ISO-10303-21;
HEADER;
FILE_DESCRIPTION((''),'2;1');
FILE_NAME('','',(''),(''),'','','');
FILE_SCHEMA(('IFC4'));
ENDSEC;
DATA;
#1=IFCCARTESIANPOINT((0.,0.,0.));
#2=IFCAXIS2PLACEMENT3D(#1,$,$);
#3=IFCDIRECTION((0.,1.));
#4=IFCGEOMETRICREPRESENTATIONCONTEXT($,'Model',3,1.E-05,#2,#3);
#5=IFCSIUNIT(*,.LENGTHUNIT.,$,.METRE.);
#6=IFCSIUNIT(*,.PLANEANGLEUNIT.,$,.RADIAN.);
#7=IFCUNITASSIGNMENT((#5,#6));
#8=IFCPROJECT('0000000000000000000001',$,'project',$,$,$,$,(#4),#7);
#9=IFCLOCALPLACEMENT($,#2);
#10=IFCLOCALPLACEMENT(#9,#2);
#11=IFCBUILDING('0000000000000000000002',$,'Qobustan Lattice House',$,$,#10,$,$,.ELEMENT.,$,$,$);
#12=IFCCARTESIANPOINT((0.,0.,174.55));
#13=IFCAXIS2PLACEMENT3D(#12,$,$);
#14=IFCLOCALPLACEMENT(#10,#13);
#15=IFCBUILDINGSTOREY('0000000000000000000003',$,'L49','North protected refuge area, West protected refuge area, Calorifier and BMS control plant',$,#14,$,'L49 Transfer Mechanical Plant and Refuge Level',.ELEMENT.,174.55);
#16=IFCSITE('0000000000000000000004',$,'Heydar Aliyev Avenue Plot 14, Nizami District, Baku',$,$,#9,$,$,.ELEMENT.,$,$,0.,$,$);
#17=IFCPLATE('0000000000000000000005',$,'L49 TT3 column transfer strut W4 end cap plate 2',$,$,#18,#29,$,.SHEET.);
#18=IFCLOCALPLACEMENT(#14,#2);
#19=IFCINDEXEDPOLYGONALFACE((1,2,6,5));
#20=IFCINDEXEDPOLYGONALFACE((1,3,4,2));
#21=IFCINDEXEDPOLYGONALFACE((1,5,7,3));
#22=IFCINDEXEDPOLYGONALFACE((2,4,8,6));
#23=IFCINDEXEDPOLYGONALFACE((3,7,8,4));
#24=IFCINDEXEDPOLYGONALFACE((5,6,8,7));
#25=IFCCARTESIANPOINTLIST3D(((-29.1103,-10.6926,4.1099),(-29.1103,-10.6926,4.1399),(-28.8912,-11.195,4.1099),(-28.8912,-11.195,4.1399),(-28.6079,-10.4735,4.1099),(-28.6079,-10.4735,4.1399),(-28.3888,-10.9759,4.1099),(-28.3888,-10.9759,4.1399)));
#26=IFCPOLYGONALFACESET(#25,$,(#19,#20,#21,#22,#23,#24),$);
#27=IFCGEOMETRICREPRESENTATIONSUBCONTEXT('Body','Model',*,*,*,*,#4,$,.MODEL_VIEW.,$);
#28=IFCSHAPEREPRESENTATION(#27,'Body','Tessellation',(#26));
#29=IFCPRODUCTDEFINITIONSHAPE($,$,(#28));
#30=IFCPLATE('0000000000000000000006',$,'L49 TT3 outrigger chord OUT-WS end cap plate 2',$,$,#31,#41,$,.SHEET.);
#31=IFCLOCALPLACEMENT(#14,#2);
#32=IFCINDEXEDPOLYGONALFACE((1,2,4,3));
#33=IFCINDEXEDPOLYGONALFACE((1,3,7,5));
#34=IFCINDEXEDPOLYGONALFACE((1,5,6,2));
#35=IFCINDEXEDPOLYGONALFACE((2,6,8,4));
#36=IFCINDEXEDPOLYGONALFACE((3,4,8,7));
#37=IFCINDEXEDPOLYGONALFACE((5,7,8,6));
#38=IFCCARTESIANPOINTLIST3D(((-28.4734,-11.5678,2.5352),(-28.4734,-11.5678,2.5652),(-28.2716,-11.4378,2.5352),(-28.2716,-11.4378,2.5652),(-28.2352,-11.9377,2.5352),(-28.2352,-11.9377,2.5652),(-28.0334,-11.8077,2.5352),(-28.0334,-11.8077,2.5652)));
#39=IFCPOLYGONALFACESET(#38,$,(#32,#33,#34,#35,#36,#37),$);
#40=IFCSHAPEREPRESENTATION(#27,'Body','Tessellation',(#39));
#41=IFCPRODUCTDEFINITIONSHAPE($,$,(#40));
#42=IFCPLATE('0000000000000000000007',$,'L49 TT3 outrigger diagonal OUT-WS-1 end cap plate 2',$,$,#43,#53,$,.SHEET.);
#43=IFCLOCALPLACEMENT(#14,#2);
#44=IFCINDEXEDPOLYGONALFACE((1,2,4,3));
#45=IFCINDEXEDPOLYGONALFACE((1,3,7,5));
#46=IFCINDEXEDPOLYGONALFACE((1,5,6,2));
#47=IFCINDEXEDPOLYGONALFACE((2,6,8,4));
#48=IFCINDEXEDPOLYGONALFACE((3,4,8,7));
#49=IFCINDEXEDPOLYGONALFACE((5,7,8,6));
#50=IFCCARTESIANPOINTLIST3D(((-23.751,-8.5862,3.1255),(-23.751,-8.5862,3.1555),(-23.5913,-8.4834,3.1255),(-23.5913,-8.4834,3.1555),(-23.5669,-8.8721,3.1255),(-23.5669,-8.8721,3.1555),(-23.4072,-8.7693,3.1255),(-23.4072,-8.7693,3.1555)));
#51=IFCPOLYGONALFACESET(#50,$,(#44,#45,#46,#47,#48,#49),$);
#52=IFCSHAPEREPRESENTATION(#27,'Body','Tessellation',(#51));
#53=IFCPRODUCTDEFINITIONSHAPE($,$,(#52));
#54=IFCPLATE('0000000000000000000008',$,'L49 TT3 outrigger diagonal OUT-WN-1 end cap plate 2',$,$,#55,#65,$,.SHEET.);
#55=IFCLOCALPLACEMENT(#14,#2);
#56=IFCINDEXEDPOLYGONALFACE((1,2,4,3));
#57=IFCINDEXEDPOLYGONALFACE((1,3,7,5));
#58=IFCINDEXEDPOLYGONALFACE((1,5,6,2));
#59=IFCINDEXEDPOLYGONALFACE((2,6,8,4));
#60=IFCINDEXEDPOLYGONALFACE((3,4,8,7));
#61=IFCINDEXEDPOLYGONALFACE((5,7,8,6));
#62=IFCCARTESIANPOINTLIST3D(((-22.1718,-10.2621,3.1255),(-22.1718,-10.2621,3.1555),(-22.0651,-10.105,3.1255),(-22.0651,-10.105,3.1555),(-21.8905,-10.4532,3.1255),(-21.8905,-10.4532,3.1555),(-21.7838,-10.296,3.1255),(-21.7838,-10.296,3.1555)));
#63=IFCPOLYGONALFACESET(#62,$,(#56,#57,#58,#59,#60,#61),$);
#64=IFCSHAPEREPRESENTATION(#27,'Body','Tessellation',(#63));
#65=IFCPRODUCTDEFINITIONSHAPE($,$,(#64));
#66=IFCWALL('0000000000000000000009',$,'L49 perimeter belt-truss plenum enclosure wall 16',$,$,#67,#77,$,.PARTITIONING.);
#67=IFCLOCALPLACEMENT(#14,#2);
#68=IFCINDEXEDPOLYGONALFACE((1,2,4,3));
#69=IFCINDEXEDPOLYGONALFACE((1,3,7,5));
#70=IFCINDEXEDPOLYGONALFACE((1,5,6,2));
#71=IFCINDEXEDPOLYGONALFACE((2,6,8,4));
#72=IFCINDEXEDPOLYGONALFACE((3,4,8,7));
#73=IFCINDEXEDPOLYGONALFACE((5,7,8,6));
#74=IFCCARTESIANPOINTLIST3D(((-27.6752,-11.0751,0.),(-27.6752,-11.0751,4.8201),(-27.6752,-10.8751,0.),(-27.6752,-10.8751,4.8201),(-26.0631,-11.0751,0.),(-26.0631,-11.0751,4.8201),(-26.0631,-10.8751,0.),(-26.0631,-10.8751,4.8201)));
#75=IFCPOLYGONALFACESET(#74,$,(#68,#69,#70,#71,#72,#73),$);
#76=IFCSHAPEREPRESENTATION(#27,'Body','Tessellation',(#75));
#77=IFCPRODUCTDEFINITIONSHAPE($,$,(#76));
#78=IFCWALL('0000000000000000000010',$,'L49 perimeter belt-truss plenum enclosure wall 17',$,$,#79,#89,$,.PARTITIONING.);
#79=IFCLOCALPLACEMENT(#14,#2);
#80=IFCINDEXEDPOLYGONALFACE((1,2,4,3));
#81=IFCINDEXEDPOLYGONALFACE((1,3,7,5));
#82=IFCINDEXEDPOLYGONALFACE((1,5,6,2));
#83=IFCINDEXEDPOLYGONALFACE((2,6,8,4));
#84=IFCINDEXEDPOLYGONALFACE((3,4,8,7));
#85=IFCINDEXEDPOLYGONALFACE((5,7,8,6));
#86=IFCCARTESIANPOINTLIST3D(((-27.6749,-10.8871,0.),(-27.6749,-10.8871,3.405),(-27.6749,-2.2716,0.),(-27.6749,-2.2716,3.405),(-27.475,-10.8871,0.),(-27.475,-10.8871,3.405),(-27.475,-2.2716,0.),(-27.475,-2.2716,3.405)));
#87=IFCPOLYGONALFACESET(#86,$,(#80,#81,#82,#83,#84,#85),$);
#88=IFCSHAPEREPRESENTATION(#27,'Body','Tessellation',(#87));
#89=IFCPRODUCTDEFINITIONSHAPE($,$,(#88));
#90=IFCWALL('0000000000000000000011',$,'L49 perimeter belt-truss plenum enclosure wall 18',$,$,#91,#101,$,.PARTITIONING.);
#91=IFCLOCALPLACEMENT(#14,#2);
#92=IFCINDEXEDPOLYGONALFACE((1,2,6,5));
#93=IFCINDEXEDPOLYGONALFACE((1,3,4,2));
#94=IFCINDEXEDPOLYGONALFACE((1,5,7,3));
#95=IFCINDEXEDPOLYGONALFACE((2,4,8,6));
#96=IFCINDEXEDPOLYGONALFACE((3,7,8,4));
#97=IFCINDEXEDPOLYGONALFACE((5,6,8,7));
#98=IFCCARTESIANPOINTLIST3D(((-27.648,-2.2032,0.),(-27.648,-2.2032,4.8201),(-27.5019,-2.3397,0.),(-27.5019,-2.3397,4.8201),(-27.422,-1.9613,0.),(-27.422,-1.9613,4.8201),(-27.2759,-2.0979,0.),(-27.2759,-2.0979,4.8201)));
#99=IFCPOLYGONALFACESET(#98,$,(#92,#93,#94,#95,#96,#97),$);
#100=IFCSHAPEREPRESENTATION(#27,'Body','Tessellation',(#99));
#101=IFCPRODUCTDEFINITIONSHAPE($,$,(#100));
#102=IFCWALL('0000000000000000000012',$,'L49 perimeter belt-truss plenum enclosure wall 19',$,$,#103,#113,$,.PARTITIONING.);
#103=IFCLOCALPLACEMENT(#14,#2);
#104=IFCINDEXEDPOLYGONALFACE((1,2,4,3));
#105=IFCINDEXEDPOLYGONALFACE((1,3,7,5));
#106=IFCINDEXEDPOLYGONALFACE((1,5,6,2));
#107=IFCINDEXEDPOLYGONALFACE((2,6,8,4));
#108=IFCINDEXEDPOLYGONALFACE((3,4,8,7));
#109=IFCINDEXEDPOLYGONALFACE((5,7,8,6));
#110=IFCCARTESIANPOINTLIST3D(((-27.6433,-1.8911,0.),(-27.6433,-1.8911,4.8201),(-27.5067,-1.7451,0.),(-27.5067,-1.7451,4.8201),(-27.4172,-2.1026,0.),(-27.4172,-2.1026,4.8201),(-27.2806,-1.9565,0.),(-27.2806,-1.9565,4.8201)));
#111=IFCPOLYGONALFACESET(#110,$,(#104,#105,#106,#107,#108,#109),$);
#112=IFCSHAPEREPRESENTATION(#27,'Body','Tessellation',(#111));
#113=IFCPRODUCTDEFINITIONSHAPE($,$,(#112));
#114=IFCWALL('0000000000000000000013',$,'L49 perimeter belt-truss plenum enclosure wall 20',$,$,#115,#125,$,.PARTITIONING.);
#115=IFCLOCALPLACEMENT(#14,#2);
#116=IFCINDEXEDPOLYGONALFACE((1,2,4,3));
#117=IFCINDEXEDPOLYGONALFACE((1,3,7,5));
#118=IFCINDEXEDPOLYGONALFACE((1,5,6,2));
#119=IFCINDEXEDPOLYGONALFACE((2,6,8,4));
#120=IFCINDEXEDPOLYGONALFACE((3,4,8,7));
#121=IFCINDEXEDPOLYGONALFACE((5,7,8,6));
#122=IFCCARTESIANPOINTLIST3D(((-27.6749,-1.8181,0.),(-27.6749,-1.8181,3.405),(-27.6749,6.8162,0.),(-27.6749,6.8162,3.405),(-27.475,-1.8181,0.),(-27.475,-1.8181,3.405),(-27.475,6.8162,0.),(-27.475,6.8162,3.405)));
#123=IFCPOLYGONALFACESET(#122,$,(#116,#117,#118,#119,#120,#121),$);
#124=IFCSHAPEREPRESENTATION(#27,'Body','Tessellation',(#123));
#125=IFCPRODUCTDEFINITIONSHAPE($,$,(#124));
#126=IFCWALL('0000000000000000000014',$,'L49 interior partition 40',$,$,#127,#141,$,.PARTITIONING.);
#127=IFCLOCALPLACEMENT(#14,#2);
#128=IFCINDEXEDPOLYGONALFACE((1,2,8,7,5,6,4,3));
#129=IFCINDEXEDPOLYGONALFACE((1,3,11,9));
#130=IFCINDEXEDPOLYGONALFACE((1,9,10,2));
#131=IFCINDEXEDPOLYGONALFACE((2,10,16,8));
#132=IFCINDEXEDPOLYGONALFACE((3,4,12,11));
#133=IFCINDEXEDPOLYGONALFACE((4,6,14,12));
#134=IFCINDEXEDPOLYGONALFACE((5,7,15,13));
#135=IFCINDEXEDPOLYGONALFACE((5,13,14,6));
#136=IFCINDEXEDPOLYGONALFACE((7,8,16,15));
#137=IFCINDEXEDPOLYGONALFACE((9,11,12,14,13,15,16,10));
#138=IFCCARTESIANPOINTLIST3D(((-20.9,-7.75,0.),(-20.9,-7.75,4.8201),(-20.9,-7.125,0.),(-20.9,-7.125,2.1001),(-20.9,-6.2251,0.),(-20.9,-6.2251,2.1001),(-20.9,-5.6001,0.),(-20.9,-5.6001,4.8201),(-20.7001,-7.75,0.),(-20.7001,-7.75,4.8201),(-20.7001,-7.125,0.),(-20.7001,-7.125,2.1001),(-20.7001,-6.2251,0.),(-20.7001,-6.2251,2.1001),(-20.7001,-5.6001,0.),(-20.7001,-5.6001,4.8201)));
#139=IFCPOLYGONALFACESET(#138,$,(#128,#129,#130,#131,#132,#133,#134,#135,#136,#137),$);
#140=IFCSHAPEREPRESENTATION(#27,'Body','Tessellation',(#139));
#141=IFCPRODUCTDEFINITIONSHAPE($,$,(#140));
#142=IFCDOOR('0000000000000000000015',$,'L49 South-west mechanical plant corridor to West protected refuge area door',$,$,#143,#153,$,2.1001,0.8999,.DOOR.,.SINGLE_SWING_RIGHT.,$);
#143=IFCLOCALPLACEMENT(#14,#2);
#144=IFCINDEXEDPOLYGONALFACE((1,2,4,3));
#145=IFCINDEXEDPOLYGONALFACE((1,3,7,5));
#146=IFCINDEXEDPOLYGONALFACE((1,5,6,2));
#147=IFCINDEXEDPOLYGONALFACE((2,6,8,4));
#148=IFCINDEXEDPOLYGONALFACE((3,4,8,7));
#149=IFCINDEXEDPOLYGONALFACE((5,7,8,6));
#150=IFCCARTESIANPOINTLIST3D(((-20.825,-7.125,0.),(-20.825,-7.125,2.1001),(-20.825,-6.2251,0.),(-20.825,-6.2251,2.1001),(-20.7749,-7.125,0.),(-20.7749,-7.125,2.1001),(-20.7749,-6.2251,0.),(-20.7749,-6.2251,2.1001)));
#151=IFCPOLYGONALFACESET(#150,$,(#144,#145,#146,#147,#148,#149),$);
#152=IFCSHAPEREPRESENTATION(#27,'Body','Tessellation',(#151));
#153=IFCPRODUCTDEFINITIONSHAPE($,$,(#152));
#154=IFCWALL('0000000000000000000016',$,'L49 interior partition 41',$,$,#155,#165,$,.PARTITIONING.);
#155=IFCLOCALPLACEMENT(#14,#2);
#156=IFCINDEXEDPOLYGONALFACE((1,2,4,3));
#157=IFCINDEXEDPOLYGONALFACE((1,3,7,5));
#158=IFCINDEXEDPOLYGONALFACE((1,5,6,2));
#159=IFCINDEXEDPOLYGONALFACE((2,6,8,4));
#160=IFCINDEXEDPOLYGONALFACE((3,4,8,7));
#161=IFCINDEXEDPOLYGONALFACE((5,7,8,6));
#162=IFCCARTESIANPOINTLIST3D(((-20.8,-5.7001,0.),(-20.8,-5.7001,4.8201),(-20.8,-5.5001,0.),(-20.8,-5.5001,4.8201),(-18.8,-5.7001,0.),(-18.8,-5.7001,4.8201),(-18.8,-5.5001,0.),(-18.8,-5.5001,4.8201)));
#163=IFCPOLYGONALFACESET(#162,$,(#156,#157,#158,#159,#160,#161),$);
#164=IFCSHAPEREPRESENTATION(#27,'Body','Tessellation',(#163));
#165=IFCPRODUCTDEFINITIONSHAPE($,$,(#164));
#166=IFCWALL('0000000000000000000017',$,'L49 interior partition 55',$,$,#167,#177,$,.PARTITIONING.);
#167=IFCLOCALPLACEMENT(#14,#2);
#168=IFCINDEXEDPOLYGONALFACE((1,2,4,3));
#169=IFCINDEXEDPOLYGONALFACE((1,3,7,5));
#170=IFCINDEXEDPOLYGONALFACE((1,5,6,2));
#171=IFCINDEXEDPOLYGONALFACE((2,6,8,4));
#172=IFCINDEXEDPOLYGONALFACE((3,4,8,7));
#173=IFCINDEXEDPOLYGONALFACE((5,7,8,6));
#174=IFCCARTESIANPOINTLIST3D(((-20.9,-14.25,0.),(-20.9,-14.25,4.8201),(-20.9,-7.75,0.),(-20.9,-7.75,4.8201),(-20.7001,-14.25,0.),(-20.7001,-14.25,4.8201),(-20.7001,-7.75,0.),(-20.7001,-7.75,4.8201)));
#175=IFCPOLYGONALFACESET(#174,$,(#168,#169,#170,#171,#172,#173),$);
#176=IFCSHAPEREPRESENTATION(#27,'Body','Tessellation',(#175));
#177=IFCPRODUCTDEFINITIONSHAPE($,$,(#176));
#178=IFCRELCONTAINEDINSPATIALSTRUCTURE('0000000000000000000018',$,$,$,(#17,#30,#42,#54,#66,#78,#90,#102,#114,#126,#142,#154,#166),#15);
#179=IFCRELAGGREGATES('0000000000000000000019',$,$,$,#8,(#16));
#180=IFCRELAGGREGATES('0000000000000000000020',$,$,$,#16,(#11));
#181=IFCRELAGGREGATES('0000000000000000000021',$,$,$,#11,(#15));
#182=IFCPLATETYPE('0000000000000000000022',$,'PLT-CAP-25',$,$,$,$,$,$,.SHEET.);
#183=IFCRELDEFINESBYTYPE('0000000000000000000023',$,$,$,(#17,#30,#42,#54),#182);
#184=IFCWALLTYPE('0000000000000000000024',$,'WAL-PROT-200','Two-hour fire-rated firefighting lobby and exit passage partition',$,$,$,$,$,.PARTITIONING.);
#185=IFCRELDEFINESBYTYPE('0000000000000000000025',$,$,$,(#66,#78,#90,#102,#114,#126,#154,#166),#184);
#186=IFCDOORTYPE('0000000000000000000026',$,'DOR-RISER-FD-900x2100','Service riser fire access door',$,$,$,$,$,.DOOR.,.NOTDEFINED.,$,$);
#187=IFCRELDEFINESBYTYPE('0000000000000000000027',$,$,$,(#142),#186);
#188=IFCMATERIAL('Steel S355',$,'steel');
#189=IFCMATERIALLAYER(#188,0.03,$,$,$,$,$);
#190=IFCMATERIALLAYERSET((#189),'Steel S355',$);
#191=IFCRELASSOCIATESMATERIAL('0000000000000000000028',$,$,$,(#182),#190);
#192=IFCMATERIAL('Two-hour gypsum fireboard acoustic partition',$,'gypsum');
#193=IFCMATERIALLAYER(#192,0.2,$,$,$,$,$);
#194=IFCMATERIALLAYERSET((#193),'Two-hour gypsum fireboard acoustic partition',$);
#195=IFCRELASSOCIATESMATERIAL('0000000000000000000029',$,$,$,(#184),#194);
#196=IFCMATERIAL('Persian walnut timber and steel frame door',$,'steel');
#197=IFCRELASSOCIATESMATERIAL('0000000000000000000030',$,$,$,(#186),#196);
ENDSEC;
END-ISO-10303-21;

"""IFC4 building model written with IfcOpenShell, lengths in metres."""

from ifc_helpers import new_model, si_unit, direction, frame, frame_2d, origin, origin_2d, place, context, subcontext, project, spatial, rectangle, extrude, material, layer, layer_set, type_object, element, fill, save


model = new_model("IFC4")

# Units and contexts
model_context = context("Model", 3, precision=1e-05, world=origin(), true_north=direction((0.0, 1.0)))
body_context = subcontext(model_context, "Body", "Model", "MODEL_VIEW")
ifc_project = project(units=[si_unit("LENGTHUNIT", "METRE"), si_unit("PLANEANGLEUNIT", "RADIAN")], contexts=[model_context])

# Site, building, storey
site_placement = place(None, origin())
site = spatial("IfcSite", under=ifc_project, at=site_placement, Name="Heydar Aliyev Avenue Plot 14, Nizami District, Baku", CompositionType="ELEMENT", RefElevation=0.0)
building_placement = place(site_placement, origin())
building = spatial("IfcBuilding", under=site, at=building_placement, Name="Qobustan Lattice House", CompositionType="ELEMENT")
storey_placement = place(building_placement, frame((0.0, 0.0, 174.55)))
storey = spatial("IfcBuildingStorey", under=building, at=storey_placement, Name="L49", Description="North protected refuge area, West protected refuge area, Calorifier and BMS control plant", LongName="L49 Transfer Mechanical Plant and Refuge Level", CompositionType="ELEMENT", Elevation=174.55)

# Plates
ifc_material_1 = material(Name="Steel S355", Category="steel")
ifc_layer_1 = layer(ifc_material_1, 0.03)
ifc_layer_set_1 = layer_set([ifc_layer_1], Name="Steel S355")
plate_type = type_object("IfcPlateType", Name="PLT-CAP-25", PredefinedType="SHEET", material=ifc_layer_set_1)
for number, where, z_axis, x_axis, name in (
    (1, (-28.7495, -10.8342, 4.1099), (0.0, 0.0, 1.0), (-0.399741, 0.916628, 0.0), "L49 TT3 column transfer strut W4 end cap plate 2"),
):
    element("IfcPlate", number, at=place(storey_placement, frame(where, z_axis=z_axis, x_axis=x_axis)), inside=storey, type_object=plate_type, Name=name, PredefinedType="SHEET", context=body_context, shape_type="SweptSolid", body=[
        extrude(rectangle(XDim=0.5481, YDim=0.5481, at=origin_2d()), origin(), (0.0, 0.0, 1.0), 0.03),
    ])
plate_1_placement = place(storey_placement, frame((-28.2534, -11.6877, 2.5352), z_axis=(0.0, 0.0, 1.0), x_axis=(-0.840756, -0.541415, 0.0)))
element("IfcPlate", 2, at=plate_1_placement, inside=storey, type_object=plate_type, Name="L49 TT3 outrigger chord OUT-WS end cap plate 2", PredefinedType="SHEET", context=body_context, shape_type="SweptSolid", body=[
    extrude(rectangle(XDim=0.24, YDim=0.4399, at=origin_2d()), origin(), (0.0, 0.0, 1.0), 0.03),
])
for number, where, z_axis, x_axis, name in (
    (3, (-23.5791, -8.6777, 3.1255), (0.0, 0.0, 1.0), (-0.840756, -0.541415, 0.0), "L49 TT3 outrigger diagonal OUT-WS-1 end cap plate 2"),
    (4, (-21.9778, -10.2791, 3.1255), (0.0, 0.0, 1.0), (-0.561838, -0.827247, 0.0), "L49 TT3 outrigger diagonal OUT-WN-1 end cap plate 2"),
):
    element("IfcPlate", number, at=place(storey_placement, frame(where, z_axis=z_axis, x_axis=x_axis)), inside=storey, type_object=plate_type, Name=name, PredefinedType="SHEET", context=body_context, shape_type="SweptSolid", body=[
        extrude(rectangle(XDim=0.1899, YDim=0.3401, at=origin_2d()), origin(), (0.0, 0.0, 1.0), 0.03),
    ])

# Walls
ifc_material_2 = material(Name="Two-hour gypsum fireboard acoustic partition", Category="gypsum")
ifc_layer_2 = layer(ifc_material_2, 0.2)
ifc_layer_set_2 = layer_set([ifc_layer_2], Name="Two-hour gypsum fireboard acoustic partition")
wall_type = type_object("IfcWallType", Name="WAL-PROT-200", Description="Two-hour fire-rated firefighting lobby and exit passage partition", PredefinedType="PARTITIONING", material=ifc_layer_set_2)
wall_1_placement = place(storey_placement, frame((-26.063, -10.9751, 0.0), z_axis=(0.0, 0.0, 1.0), x_axis=(-1.0, 0.0, 0.0)))
element("IfcWall", 5, at=wall_1_placement, inside=storey, type_object=wall_type, Name="L49 perimeter belt-truss plenum enclosure wall 16", PredefinedType="PARTITIONING", context=body_context, shape_type="SweptSolid", body=[
    extrude(rectangle(XDim=1.6121, YDim=0.2, at=frame_2d((0.8062, 0.0))), origin(), (0.0, 0.0, 1.0), 4.8201),
])
wall_2_placement = place(storey_placement, frame((-27.575, -10.887, 0.0), z_axis=(0.0, 0.0, 1.0), x_axis=(0.0, 1.0, 0.0)))
element("IfcWall", 6, at=wall_2_placement, inside=storey, type_object=wall_type, Name="L49 perimeter belt-truss plenum enclosure wall 17", PredefinedType="PARTITIONING", context=body_context, shape_type="SweptSolid", body=[
    extrude(rectangle(XDim=8.6155, YDim=0.2, at=frame_2d((4.3076, 0.0))), origin(), (0.0, 0.0, 1.0), 3.405),
])
wall_3_placement = place(storey_placement, frame((-27.575, -2.2715, 0.0), z_axis=(0.0, 0.0, 1.0), x_axis=(0.682738, 0.730663, 0.0)))
element("IfcWall", 7, at=wall_3_placement, inside=storey, type_object=wall_type, Name="L49 perimeter belt-truss plenum enclosure wall 18", PredefinedType="PARTITIONING", context=body_context, shape_type="SweptSolid", body=[
    extrude(rectangle(XDim=0.3311, YDim=0.2, at=frame_2d((0.1655, 0.0))), origin(), (0.0, 0.0, 1.0), 4.8201),
])
wall_4_placement = place(storey_placement, frame((-27.3489, -2.0295, 0.0), z_axis=(0.0, 0.0, 1.0), x_axis=(-0.730373, 0.683049, 0.0)))
element("IfcWall", 8, at=wall_4_placement, inside=storey, type_object=wall_type, Name="L49 perimeter belt-truss plenum enclosure wall 19", PredefinedType="PARTITIONING", context=body_context, shape_type="SweptSolid", body=[
    extrude(rectangle(XDim=0.3096, YDim=0.2, at=frame_2d((0.1548, 0.0))), origin(), (0.0, 0.0, 1.0), 4.8201),
])
wall_5_placement = place(storey_placement, frame((-27.575, -1.8181, 0.0), z_axis=(0.0, 0.0, 1.0), x_axis=(0.0, 1.0, 0.0)))
element("IfcWall", 9, at=wall_5_placement, inside=storey, type_object=wall_type, Name="L49 perimeter belt-truss plenum enclosure wall 20", PredefinedType="PARTITIONING", context=body_context, shape_type="SweptSolid", body=[
    extrude(rectangle(XDim=8.6343, YDim=0.2, at=frame_2d((4.3171, 0.0))), origin(), (0.0, 0.0, 1.0), 3.405),
])

# Wall, opening, door
wall_6_placement = place(storey_placement, frame((-20.8, -7.75, 0.0), z_axis=(0.0, 0.0, 1.0), x_axis=(0.0, 1.0, 0.0)))
wall_6 = element("IfcWall", 10, at=wall_6_placement, inside=storey, type_object=wall_type, Name="L49 interior partition 40", PredefinedType="PARTITIONING", context=body_context, shape_type="SweptSolid", body=[
    extrude(rectangle(XDim=2.1499, YDim=0.2, at=frame_2d((1.075, 0.0))), origin(), (0.0, 0.0, 1.0), 4.8201),
])
opening_placement = place(wall_6_placement, frame((0.625, 0.0, 0.0)))
opening = element("IfcOpeningElement", 11, at=opening_placement, cuts=wall_6, PredefinedType="OPENING", context=body_context, shape_type="SweptSolid", body=[
    extrude(rectangle(XDim=0.8999, YDim=2.1001, at=frame_2d((0.45, 1.05))), frame((0.0, 0.1099, 0.0), z_axis=(0.0, -1.0, 0.0), x_axis=(1.0, 0.0, 0.0)), (0.0, 0.0, 1.0), 0.22),
])
ifc_material_3 = material(Name="Persian walnut timber and steel frame door", Category="steel")
door_type = type_object("IfcDoorType", Name="DOR-RISER-FD-900x2100", Description="Service riser fire access door", OperationType="NOTDEFINED", PredefinedType="DOOR", material=ifc_material_3)
door_placement = place(opening_placement, origin())
door = element("IfcDoor", 12, at=door_placement, inside=storey, type_object=door_type, Name="L49 South-west mechanical plant corridor to West protected refuge area door", OperationType="SINGLE_SWING_RIGHT", OverallHeight=2.1001, OverallWidth=0.8999, PredefinedType="DOOR", context=body_context, shape_type="SweptSolid", body=[
    extrude(rectangle(XDim=0.8999, YDim=2.1001, at=frame_2d((0.45, 1.05))), frame((0.0, 0.0249, 0.0), z_axis=(0.0, -1.0, 0.0), x_axis=(1.0, 0.0, 0.0)), (0.0, 0.0, 1.0), 0.05),
])
fill(opening, door)

# Walls
wall_7_placement = place(storey_placement, frame((-20.8, -5.6001, 0.0), z_axis=(0.0, 0.0, 1.0), x_axis=(1.0, 0.0, 0.0)))
element("IfcWall", 13, at=wall_7_placement, inside=storey, type_object=wall_type, Name="L49 interior partition 41", PredefinedType="PARTITIONING", context=body_context, shape_type="SweptSolid", body=[
    extrude(rectangle(XDim=2.0, YDim=0.2, at=frame_2d((1.0, 0.0))), origin(), (0.0, 0.0, 1.0), 4.8201),
])
wall_8_placement = place(storey_placement, frame((-20.8, -7.75, 0.0), z_axis=(0.0, 0.0, 1.0), x_axis=(0.0, -1.0, 0.0)))
element("IfcWall", 14, at=wall_8_placement, inside=storey, type_object=wall_type, Name="L49 interior partition 55", PredefinedType="PARTITIONING", context=body_context, shape_type="SweptSolid", body=[
    extrude(rectangle(XDim=6.5, YDim=0.2, at=frame_2d((3.25, 0.0))), origin(), (0.0, 0.0, 1.0), 4.8201),
])

save(model, "model.ifc")
